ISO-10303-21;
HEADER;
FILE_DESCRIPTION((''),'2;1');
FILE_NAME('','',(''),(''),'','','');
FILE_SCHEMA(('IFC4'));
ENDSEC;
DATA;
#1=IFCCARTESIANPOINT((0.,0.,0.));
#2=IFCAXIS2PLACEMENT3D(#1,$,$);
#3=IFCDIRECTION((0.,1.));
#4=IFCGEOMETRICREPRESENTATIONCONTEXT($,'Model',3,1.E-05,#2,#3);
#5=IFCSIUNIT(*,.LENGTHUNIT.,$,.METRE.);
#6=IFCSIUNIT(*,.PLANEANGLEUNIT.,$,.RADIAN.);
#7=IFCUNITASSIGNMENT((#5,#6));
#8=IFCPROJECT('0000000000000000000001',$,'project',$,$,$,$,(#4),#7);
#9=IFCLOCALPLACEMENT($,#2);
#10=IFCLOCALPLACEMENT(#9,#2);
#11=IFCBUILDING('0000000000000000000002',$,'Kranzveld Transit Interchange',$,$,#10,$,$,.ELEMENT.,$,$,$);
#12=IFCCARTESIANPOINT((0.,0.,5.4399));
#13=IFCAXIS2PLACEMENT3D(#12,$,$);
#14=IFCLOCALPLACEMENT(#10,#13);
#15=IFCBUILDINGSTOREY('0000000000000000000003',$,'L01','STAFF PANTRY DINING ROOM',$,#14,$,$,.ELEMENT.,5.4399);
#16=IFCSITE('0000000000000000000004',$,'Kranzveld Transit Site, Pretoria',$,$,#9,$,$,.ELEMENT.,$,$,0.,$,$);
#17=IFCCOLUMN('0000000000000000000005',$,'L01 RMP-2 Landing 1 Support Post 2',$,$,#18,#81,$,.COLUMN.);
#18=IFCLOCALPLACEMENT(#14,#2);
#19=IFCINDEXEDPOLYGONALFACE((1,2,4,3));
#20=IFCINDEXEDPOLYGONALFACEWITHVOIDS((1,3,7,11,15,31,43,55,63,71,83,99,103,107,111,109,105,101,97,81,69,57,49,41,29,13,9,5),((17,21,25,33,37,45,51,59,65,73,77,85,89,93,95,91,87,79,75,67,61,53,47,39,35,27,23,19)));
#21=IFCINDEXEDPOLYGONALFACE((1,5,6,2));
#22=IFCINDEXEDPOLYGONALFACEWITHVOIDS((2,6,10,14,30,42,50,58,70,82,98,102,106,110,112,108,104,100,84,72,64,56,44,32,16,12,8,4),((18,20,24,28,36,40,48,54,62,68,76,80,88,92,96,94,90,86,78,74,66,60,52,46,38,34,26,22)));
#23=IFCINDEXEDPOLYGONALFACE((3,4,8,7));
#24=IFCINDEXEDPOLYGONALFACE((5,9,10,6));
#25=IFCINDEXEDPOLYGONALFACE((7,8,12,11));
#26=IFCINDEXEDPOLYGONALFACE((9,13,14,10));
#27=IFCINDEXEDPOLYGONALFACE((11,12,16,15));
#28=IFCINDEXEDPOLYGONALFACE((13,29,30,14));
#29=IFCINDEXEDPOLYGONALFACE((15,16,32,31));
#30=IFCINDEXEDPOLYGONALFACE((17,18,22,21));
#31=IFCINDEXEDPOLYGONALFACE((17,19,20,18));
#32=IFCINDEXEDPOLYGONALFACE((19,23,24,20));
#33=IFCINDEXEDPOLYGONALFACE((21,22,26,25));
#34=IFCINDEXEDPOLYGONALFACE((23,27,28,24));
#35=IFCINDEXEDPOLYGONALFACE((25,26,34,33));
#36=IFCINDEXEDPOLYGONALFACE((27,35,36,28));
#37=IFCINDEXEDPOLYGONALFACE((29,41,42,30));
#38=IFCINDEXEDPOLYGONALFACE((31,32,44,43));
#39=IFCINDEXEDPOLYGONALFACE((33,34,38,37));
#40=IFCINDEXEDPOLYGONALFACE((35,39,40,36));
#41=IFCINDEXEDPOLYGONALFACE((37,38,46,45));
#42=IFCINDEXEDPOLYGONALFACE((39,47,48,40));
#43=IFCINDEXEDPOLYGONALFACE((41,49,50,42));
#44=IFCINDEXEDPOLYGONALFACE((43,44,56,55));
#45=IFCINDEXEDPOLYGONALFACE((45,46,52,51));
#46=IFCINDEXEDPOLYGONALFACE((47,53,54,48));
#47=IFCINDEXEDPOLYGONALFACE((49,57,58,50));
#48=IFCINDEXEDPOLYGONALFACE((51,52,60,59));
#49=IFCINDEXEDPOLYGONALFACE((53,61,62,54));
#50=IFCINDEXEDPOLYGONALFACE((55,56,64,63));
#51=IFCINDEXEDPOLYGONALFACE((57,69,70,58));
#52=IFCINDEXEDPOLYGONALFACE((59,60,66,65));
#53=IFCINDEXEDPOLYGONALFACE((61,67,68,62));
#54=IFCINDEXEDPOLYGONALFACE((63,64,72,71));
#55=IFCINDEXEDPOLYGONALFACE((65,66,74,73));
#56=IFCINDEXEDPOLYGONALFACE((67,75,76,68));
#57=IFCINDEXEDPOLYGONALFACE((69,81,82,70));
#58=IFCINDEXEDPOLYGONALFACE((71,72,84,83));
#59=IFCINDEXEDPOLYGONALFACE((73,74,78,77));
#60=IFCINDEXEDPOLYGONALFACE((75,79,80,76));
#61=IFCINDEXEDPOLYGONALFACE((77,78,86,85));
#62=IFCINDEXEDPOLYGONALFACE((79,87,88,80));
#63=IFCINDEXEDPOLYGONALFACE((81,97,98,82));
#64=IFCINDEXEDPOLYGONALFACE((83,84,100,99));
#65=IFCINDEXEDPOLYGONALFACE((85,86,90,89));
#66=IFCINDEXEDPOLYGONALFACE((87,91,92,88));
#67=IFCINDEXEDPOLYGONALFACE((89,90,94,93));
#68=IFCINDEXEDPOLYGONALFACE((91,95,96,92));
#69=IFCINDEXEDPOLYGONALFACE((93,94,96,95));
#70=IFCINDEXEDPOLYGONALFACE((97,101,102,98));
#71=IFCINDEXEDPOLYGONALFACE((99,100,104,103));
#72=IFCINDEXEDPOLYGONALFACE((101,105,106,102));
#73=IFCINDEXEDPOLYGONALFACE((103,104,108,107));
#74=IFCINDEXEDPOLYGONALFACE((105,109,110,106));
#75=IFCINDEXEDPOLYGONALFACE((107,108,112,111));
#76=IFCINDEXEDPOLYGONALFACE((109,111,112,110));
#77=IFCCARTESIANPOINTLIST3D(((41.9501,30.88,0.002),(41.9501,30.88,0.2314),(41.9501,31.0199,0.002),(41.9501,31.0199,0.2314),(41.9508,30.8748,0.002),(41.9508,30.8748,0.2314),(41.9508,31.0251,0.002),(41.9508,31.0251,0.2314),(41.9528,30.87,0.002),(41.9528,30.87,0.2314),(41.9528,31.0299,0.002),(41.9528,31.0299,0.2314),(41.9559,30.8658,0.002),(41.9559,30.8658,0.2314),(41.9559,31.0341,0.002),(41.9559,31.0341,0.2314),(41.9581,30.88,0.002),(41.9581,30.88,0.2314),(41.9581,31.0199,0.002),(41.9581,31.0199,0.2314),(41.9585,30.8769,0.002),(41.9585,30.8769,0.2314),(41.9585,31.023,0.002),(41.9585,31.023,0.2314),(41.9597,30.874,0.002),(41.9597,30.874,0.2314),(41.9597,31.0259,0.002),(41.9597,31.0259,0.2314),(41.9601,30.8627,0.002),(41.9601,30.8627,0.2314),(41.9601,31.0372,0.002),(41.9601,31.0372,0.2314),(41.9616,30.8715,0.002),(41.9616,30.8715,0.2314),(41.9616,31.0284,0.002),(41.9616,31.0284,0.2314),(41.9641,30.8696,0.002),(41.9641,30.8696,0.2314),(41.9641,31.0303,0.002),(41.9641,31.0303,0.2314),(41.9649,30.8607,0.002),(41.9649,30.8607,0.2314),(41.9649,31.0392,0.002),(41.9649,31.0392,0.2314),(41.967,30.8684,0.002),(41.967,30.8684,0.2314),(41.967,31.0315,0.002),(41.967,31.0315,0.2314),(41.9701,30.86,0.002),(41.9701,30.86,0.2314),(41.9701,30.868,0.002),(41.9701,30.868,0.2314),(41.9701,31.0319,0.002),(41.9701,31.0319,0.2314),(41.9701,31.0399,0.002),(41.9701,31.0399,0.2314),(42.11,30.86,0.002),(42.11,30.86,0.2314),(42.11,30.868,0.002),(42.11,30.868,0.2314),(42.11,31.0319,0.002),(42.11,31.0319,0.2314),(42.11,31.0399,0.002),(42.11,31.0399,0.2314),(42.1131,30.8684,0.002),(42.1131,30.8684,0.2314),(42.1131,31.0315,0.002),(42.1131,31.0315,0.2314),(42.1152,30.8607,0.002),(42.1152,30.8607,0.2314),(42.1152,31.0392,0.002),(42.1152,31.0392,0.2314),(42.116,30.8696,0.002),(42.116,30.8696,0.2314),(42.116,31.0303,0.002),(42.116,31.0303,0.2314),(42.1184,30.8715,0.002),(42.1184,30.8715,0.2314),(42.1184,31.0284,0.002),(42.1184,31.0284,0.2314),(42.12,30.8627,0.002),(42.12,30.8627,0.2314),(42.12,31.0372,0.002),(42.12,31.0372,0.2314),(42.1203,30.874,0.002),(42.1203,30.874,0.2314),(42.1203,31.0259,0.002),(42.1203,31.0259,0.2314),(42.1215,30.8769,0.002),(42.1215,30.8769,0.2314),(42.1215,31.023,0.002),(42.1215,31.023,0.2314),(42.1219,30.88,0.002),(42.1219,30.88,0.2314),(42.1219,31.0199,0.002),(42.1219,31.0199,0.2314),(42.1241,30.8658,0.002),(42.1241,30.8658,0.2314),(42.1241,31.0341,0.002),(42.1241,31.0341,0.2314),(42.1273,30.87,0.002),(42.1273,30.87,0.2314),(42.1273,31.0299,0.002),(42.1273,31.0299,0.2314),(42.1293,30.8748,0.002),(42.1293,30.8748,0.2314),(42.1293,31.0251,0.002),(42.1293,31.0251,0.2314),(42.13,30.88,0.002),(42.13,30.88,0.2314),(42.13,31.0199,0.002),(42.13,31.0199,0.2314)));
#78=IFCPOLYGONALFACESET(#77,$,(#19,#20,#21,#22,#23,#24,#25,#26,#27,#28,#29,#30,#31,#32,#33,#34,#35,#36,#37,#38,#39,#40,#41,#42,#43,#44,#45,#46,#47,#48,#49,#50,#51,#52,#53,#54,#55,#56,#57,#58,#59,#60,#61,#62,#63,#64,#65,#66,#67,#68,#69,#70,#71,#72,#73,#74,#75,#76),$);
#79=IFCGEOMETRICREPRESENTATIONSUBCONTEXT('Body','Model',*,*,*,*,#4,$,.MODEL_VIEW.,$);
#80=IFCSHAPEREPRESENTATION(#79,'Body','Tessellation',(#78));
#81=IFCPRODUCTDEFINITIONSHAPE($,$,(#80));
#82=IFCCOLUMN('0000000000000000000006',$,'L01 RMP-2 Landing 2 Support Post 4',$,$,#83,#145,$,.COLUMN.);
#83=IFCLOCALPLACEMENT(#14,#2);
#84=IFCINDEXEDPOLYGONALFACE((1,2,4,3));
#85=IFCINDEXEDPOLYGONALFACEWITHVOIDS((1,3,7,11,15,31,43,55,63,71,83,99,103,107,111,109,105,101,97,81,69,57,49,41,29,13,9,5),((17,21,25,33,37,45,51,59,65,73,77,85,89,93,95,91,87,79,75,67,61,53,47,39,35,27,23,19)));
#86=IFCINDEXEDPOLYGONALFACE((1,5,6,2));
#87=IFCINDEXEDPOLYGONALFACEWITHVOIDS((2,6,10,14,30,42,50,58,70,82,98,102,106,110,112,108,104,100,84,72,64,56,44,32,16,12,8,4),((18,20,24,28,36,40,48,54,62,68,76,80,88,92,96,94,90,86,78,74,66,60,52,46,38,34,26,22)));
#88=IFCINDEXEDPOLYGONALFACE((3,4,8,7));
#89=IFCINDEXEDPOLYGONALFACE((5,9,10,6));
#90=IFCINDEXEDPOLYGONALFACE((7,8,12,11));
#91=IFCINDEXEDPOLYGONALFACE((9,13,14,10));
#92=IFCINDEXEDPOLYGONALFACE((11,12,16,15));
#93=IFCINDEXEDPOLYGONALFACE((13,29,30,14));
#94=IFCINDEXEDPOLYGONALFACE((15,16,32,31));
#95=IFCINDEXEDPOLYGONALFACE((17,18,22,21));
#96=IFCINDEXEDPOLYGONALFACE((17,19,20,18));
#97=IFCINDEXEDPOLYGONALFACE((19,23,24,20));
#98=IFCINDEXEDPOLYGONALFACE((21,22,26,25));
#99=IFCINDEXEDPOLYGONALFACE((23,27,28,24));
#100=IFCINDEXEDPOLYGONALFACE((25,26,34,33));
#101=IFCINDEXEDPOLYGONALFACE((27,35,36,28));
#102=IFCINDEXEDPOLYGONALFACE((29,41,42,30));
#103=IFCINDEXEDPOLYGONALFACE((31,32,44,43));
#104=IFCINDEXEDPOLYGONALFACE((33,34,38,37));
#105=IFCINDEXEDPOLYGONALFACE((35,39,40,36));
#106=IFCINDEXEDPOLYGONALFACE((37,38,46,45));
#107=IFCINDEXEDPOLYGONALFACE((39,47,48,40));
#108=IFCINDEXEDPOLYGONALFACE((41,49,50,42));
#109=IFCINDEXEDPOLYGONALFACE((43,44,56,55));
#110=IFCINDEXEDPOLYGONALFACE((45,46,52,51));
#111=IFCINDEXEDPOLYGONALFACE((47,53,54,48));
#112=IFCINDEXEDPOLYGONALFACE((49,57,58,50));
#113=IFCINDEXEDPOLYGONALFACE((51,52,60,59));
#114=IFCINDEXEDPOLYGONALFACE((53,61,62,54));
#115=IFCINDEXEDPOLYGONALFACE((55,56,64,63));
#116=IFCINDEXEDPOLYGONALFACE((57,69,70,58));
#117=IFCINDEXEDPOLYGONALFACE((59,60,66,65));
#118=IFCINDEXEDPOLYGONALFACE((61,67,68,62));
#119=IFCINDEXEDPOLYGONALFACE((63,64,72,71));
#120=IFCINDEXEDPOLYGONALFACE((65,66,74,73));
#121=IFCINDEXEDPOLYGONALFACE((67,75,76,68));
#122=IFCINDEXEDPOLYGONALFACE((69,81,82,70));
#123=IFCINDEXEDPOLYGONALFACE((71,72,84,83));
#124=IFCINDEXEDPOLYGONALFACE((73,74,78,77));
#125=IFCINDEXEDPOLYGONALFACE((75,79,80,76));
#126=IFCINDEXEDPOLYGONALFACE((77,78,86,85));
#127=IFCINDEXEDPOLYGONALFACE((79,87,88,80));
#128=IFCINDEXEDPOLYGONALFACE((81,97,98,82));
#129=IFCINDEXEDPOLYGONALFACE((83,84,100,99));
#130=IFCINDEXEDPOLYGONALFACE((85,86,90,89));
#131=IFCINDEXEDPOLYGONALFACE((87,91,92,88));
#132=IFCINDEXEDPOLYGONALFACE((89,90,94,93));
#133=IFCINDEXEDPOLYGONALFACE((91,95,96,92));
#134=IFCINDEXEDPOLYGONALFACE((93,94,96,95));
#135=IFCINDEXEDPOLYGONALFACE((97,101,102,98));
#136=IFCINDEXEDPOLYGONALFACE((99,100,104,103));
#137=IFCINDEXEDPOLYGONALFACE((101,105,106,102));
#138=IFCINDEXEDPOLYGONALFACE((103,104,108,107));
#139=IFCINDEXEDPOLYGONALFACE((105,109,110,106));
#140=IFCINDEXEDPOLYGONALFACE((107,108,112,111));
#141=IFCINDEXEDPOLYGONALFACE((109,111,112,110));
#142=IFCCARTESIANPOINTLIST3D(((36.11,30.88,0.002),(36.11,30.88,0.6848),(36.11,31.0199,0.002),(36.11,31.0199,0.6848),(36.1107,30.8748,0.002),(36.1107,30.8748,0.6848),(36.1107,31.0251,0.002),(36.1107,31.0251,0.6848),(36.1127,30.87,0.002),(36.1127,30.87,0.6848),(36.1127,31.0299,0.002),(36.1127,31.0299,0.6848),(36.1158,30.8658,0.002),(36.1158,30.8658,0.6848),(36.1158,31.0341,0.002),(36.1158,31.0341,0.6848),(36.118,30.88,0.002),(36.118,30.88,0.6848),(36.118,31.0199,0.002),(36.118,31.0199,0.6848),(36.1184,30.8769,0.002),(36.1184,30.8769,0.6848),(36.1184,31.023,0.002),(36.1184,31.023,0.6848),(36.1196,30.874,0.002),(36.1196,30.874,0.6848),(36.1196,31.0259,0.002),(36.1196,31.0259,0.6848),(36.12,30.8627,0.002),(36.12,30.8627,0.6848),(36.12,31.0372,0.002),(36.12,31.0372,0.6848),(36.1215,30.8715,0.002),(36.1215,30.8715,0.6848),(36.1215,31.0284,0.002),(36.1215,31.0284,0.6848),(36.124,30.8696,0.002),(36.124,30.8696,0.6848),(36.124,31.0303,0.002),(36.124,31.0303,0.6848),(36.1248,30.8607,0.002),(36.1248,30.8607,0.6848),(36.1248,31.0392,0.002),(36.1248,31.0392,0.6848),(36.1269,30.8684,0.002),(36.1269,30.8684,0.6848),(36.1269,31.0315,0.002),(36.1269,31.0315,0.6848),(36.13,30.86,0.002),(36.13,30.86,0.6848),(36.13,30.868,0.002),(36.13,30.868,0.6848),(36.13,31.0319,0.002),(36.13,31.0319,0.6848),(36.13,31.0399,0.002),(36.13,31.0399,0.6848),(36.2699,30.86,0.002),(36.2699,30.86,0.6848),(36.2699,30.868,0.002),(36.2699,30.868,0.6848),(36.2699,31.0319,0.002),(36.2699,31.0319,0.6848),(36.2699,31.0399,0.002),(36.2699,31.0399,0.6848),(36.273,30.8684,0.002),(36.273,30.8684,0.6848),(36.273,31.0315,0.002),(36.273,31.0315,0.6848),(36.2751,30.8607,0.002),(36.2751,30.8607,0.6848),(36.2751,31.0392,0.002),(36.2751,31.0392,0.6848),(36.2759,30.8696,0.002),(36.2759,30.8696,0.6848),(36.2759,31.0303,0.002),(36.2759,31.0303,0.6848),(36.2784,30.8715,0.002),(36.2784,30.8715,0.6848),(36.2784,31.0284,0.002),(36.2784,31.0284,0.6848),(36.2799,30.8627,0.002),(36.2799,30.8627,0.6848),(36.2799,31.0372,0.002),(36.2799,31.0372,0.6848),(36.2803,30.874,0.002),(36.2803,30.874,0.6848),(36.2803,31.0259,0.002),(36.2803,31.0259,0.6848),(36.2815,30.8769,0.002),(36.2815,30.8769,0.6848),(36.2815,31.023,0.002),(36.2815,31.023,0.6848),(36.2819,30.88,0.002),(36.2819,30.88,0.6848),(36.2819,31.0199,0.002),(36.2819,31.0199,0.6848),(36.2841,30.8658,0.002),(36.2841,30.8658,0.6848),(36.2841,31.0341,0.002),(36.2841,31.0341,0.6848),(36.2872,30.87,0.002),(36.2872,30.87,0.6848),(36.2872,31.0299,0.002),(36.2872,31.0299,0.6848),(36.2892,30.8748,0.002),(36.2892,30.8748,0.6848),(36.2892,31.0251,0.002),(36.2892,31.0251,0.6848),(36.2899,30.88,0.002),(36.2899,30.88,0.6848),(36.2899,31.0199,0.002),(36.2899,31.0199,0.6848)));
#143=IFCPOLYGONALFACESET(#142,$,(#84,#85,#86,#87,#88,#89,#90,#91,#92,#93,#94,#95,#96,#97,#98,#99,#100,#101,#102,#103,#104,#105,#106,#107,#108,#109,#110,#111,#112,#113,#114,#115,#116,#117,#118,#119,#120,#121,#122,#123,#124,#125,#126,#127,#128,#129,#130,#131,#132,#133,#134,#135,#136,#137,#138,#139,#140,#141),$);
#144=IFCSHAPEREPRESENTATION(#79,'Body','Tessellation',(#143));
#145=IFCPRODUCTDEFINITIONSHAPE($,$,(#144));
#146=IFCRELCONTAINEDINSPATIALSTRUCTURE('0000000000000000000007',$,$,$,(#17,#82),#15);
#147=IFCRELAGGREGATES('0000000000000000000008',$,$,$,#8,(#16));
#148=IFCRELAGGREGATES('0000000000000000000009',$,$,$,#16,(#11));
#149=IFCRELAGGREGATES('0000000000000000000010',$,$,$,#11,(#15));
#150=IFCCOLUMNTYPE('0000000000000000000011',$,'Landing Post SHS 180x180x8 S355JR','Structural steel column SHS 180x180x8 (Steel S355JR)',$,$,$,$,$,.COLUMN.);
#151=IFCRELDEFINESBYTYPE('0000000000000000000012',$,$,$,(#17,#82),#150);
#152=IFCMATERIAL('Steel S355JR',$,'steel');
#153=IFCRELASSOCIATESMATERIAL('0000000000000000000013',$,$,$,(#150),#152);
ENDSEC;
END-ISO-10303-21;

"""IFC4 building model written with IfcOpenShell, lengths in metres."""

from ifc_helpers import new_model, si_unit, direction, frame, origin, origin_2d, place, context, subcontext, project, spatial, hollow_rectangle, extrude, material, material_profile, profile_set, type_object, element, save


model = new_model("IFC4")

# Units and contexts
model_context = context("Model", 3, precision=1e-05, world=origin(), true_north=direction((0.0, 1.0)))
body_context = subcontext(model_context, "Body", "Model", "MODEL_VIEW")
ifc_project = project(units=[si_unit("LENGTHUNIT", "METRE"), si_unit("PLANEANGLEUNIT", "RADIAN")], contexts=[model_context])

# Site, building, storey
site_placement = place(None, origin())
site = spatial("IfcSite", under=ifc_project, at=site_placement, Name="Kranzveld Transit Site, Pretoria", CompositionType="ELEMENT", RefElevation=0.0)
building_placement = place(site_placement, origin())
building = spatial("IfcBuilding", under=site, at=building_placement, Name="Kranzveld Transit Interchange", CompositionType="ELEMENT")
storey_placement = place(building_placement, frame((0.0, 0.0, 5.4399)))
storey = spatial("IfcBuildingStorey", under=building, at=storey_placement, Name="L01", Description="STAFF PANTRY DINING ROOM", CompositionType="ELEMENT", Elevation=5.4399)

# Columns
ifc_material_1 = material(Name="Steel S355JR", Category="steel")
ifc_material_profile = material_profile(ifc_material_1, hollow_rectangle(XDim=0.1799, YDim=0.1799, WallThickness=0.0081, InnerFilletRadius=0.012, OuterFilletRadius=0.02, at=origin_2d()), Name="SHS 180x180x8")
ifc_profile_set = profile_set([ifc_material_profile], Name="Steel S355JR")
column_type = type_object("IfcColumnType", Name="Landing Post SHS 180x180x8 S355JR", Description="Structural steel column SHS 180x180x8 (Steel S355JR)", PredefinedType="COLUMN", material=ifc_profile_set)
column_1_placement = place(storey_placement, frame((42.04, 30.95, 0.002), z_axis=(0.0, 0.0, 1.0), x_axis=(1.0, 0.0, 0.0)))
element("IfcColumn", 1, at=column_1_placement, inside=storey, type_object=column_type, Name="L01 RMP-2 Landing 1 Support Post 2", PredefinedType="COLUMN", context=body_context, shape_type="SweptSolid", body=[
    extrude(hollow_rectangle(XDim=0.1799, YDim=0.1799, WallThickness=0.0081, InnerFilletRadius=0.012, OuterFilletRadius=0.02, at=origin_2d()), origin(), (0.0, 0.0, 1.0), 0.2295),
])
column_2_placement = place(storey_placement, frame((36.2, 30.95, 0.002), z_axis=(0.0, 0.0, 1.0), x_axis=(1.0, 0.0, 0.0)))
element("IfcColumn", 2, at=column_2_placement, inside=storey, type_object=column_type, Name="L01 RMP-2 Landing 2 Support Post 4", PredefinedType="COLUMN", context=body_context, shape_type="SweptSolid", body=[
    extrude(hollow_rectangle(XDim=0.1799, YDim=0.1799, WallThickness=0.0081, InnerFilletRadius=0.012, OuterFilletRadius=0.02, at=origin_2d()), origin(), (0.0, 0.0, 1.0), 0.6829),
])

save(model, "model.ifc")
